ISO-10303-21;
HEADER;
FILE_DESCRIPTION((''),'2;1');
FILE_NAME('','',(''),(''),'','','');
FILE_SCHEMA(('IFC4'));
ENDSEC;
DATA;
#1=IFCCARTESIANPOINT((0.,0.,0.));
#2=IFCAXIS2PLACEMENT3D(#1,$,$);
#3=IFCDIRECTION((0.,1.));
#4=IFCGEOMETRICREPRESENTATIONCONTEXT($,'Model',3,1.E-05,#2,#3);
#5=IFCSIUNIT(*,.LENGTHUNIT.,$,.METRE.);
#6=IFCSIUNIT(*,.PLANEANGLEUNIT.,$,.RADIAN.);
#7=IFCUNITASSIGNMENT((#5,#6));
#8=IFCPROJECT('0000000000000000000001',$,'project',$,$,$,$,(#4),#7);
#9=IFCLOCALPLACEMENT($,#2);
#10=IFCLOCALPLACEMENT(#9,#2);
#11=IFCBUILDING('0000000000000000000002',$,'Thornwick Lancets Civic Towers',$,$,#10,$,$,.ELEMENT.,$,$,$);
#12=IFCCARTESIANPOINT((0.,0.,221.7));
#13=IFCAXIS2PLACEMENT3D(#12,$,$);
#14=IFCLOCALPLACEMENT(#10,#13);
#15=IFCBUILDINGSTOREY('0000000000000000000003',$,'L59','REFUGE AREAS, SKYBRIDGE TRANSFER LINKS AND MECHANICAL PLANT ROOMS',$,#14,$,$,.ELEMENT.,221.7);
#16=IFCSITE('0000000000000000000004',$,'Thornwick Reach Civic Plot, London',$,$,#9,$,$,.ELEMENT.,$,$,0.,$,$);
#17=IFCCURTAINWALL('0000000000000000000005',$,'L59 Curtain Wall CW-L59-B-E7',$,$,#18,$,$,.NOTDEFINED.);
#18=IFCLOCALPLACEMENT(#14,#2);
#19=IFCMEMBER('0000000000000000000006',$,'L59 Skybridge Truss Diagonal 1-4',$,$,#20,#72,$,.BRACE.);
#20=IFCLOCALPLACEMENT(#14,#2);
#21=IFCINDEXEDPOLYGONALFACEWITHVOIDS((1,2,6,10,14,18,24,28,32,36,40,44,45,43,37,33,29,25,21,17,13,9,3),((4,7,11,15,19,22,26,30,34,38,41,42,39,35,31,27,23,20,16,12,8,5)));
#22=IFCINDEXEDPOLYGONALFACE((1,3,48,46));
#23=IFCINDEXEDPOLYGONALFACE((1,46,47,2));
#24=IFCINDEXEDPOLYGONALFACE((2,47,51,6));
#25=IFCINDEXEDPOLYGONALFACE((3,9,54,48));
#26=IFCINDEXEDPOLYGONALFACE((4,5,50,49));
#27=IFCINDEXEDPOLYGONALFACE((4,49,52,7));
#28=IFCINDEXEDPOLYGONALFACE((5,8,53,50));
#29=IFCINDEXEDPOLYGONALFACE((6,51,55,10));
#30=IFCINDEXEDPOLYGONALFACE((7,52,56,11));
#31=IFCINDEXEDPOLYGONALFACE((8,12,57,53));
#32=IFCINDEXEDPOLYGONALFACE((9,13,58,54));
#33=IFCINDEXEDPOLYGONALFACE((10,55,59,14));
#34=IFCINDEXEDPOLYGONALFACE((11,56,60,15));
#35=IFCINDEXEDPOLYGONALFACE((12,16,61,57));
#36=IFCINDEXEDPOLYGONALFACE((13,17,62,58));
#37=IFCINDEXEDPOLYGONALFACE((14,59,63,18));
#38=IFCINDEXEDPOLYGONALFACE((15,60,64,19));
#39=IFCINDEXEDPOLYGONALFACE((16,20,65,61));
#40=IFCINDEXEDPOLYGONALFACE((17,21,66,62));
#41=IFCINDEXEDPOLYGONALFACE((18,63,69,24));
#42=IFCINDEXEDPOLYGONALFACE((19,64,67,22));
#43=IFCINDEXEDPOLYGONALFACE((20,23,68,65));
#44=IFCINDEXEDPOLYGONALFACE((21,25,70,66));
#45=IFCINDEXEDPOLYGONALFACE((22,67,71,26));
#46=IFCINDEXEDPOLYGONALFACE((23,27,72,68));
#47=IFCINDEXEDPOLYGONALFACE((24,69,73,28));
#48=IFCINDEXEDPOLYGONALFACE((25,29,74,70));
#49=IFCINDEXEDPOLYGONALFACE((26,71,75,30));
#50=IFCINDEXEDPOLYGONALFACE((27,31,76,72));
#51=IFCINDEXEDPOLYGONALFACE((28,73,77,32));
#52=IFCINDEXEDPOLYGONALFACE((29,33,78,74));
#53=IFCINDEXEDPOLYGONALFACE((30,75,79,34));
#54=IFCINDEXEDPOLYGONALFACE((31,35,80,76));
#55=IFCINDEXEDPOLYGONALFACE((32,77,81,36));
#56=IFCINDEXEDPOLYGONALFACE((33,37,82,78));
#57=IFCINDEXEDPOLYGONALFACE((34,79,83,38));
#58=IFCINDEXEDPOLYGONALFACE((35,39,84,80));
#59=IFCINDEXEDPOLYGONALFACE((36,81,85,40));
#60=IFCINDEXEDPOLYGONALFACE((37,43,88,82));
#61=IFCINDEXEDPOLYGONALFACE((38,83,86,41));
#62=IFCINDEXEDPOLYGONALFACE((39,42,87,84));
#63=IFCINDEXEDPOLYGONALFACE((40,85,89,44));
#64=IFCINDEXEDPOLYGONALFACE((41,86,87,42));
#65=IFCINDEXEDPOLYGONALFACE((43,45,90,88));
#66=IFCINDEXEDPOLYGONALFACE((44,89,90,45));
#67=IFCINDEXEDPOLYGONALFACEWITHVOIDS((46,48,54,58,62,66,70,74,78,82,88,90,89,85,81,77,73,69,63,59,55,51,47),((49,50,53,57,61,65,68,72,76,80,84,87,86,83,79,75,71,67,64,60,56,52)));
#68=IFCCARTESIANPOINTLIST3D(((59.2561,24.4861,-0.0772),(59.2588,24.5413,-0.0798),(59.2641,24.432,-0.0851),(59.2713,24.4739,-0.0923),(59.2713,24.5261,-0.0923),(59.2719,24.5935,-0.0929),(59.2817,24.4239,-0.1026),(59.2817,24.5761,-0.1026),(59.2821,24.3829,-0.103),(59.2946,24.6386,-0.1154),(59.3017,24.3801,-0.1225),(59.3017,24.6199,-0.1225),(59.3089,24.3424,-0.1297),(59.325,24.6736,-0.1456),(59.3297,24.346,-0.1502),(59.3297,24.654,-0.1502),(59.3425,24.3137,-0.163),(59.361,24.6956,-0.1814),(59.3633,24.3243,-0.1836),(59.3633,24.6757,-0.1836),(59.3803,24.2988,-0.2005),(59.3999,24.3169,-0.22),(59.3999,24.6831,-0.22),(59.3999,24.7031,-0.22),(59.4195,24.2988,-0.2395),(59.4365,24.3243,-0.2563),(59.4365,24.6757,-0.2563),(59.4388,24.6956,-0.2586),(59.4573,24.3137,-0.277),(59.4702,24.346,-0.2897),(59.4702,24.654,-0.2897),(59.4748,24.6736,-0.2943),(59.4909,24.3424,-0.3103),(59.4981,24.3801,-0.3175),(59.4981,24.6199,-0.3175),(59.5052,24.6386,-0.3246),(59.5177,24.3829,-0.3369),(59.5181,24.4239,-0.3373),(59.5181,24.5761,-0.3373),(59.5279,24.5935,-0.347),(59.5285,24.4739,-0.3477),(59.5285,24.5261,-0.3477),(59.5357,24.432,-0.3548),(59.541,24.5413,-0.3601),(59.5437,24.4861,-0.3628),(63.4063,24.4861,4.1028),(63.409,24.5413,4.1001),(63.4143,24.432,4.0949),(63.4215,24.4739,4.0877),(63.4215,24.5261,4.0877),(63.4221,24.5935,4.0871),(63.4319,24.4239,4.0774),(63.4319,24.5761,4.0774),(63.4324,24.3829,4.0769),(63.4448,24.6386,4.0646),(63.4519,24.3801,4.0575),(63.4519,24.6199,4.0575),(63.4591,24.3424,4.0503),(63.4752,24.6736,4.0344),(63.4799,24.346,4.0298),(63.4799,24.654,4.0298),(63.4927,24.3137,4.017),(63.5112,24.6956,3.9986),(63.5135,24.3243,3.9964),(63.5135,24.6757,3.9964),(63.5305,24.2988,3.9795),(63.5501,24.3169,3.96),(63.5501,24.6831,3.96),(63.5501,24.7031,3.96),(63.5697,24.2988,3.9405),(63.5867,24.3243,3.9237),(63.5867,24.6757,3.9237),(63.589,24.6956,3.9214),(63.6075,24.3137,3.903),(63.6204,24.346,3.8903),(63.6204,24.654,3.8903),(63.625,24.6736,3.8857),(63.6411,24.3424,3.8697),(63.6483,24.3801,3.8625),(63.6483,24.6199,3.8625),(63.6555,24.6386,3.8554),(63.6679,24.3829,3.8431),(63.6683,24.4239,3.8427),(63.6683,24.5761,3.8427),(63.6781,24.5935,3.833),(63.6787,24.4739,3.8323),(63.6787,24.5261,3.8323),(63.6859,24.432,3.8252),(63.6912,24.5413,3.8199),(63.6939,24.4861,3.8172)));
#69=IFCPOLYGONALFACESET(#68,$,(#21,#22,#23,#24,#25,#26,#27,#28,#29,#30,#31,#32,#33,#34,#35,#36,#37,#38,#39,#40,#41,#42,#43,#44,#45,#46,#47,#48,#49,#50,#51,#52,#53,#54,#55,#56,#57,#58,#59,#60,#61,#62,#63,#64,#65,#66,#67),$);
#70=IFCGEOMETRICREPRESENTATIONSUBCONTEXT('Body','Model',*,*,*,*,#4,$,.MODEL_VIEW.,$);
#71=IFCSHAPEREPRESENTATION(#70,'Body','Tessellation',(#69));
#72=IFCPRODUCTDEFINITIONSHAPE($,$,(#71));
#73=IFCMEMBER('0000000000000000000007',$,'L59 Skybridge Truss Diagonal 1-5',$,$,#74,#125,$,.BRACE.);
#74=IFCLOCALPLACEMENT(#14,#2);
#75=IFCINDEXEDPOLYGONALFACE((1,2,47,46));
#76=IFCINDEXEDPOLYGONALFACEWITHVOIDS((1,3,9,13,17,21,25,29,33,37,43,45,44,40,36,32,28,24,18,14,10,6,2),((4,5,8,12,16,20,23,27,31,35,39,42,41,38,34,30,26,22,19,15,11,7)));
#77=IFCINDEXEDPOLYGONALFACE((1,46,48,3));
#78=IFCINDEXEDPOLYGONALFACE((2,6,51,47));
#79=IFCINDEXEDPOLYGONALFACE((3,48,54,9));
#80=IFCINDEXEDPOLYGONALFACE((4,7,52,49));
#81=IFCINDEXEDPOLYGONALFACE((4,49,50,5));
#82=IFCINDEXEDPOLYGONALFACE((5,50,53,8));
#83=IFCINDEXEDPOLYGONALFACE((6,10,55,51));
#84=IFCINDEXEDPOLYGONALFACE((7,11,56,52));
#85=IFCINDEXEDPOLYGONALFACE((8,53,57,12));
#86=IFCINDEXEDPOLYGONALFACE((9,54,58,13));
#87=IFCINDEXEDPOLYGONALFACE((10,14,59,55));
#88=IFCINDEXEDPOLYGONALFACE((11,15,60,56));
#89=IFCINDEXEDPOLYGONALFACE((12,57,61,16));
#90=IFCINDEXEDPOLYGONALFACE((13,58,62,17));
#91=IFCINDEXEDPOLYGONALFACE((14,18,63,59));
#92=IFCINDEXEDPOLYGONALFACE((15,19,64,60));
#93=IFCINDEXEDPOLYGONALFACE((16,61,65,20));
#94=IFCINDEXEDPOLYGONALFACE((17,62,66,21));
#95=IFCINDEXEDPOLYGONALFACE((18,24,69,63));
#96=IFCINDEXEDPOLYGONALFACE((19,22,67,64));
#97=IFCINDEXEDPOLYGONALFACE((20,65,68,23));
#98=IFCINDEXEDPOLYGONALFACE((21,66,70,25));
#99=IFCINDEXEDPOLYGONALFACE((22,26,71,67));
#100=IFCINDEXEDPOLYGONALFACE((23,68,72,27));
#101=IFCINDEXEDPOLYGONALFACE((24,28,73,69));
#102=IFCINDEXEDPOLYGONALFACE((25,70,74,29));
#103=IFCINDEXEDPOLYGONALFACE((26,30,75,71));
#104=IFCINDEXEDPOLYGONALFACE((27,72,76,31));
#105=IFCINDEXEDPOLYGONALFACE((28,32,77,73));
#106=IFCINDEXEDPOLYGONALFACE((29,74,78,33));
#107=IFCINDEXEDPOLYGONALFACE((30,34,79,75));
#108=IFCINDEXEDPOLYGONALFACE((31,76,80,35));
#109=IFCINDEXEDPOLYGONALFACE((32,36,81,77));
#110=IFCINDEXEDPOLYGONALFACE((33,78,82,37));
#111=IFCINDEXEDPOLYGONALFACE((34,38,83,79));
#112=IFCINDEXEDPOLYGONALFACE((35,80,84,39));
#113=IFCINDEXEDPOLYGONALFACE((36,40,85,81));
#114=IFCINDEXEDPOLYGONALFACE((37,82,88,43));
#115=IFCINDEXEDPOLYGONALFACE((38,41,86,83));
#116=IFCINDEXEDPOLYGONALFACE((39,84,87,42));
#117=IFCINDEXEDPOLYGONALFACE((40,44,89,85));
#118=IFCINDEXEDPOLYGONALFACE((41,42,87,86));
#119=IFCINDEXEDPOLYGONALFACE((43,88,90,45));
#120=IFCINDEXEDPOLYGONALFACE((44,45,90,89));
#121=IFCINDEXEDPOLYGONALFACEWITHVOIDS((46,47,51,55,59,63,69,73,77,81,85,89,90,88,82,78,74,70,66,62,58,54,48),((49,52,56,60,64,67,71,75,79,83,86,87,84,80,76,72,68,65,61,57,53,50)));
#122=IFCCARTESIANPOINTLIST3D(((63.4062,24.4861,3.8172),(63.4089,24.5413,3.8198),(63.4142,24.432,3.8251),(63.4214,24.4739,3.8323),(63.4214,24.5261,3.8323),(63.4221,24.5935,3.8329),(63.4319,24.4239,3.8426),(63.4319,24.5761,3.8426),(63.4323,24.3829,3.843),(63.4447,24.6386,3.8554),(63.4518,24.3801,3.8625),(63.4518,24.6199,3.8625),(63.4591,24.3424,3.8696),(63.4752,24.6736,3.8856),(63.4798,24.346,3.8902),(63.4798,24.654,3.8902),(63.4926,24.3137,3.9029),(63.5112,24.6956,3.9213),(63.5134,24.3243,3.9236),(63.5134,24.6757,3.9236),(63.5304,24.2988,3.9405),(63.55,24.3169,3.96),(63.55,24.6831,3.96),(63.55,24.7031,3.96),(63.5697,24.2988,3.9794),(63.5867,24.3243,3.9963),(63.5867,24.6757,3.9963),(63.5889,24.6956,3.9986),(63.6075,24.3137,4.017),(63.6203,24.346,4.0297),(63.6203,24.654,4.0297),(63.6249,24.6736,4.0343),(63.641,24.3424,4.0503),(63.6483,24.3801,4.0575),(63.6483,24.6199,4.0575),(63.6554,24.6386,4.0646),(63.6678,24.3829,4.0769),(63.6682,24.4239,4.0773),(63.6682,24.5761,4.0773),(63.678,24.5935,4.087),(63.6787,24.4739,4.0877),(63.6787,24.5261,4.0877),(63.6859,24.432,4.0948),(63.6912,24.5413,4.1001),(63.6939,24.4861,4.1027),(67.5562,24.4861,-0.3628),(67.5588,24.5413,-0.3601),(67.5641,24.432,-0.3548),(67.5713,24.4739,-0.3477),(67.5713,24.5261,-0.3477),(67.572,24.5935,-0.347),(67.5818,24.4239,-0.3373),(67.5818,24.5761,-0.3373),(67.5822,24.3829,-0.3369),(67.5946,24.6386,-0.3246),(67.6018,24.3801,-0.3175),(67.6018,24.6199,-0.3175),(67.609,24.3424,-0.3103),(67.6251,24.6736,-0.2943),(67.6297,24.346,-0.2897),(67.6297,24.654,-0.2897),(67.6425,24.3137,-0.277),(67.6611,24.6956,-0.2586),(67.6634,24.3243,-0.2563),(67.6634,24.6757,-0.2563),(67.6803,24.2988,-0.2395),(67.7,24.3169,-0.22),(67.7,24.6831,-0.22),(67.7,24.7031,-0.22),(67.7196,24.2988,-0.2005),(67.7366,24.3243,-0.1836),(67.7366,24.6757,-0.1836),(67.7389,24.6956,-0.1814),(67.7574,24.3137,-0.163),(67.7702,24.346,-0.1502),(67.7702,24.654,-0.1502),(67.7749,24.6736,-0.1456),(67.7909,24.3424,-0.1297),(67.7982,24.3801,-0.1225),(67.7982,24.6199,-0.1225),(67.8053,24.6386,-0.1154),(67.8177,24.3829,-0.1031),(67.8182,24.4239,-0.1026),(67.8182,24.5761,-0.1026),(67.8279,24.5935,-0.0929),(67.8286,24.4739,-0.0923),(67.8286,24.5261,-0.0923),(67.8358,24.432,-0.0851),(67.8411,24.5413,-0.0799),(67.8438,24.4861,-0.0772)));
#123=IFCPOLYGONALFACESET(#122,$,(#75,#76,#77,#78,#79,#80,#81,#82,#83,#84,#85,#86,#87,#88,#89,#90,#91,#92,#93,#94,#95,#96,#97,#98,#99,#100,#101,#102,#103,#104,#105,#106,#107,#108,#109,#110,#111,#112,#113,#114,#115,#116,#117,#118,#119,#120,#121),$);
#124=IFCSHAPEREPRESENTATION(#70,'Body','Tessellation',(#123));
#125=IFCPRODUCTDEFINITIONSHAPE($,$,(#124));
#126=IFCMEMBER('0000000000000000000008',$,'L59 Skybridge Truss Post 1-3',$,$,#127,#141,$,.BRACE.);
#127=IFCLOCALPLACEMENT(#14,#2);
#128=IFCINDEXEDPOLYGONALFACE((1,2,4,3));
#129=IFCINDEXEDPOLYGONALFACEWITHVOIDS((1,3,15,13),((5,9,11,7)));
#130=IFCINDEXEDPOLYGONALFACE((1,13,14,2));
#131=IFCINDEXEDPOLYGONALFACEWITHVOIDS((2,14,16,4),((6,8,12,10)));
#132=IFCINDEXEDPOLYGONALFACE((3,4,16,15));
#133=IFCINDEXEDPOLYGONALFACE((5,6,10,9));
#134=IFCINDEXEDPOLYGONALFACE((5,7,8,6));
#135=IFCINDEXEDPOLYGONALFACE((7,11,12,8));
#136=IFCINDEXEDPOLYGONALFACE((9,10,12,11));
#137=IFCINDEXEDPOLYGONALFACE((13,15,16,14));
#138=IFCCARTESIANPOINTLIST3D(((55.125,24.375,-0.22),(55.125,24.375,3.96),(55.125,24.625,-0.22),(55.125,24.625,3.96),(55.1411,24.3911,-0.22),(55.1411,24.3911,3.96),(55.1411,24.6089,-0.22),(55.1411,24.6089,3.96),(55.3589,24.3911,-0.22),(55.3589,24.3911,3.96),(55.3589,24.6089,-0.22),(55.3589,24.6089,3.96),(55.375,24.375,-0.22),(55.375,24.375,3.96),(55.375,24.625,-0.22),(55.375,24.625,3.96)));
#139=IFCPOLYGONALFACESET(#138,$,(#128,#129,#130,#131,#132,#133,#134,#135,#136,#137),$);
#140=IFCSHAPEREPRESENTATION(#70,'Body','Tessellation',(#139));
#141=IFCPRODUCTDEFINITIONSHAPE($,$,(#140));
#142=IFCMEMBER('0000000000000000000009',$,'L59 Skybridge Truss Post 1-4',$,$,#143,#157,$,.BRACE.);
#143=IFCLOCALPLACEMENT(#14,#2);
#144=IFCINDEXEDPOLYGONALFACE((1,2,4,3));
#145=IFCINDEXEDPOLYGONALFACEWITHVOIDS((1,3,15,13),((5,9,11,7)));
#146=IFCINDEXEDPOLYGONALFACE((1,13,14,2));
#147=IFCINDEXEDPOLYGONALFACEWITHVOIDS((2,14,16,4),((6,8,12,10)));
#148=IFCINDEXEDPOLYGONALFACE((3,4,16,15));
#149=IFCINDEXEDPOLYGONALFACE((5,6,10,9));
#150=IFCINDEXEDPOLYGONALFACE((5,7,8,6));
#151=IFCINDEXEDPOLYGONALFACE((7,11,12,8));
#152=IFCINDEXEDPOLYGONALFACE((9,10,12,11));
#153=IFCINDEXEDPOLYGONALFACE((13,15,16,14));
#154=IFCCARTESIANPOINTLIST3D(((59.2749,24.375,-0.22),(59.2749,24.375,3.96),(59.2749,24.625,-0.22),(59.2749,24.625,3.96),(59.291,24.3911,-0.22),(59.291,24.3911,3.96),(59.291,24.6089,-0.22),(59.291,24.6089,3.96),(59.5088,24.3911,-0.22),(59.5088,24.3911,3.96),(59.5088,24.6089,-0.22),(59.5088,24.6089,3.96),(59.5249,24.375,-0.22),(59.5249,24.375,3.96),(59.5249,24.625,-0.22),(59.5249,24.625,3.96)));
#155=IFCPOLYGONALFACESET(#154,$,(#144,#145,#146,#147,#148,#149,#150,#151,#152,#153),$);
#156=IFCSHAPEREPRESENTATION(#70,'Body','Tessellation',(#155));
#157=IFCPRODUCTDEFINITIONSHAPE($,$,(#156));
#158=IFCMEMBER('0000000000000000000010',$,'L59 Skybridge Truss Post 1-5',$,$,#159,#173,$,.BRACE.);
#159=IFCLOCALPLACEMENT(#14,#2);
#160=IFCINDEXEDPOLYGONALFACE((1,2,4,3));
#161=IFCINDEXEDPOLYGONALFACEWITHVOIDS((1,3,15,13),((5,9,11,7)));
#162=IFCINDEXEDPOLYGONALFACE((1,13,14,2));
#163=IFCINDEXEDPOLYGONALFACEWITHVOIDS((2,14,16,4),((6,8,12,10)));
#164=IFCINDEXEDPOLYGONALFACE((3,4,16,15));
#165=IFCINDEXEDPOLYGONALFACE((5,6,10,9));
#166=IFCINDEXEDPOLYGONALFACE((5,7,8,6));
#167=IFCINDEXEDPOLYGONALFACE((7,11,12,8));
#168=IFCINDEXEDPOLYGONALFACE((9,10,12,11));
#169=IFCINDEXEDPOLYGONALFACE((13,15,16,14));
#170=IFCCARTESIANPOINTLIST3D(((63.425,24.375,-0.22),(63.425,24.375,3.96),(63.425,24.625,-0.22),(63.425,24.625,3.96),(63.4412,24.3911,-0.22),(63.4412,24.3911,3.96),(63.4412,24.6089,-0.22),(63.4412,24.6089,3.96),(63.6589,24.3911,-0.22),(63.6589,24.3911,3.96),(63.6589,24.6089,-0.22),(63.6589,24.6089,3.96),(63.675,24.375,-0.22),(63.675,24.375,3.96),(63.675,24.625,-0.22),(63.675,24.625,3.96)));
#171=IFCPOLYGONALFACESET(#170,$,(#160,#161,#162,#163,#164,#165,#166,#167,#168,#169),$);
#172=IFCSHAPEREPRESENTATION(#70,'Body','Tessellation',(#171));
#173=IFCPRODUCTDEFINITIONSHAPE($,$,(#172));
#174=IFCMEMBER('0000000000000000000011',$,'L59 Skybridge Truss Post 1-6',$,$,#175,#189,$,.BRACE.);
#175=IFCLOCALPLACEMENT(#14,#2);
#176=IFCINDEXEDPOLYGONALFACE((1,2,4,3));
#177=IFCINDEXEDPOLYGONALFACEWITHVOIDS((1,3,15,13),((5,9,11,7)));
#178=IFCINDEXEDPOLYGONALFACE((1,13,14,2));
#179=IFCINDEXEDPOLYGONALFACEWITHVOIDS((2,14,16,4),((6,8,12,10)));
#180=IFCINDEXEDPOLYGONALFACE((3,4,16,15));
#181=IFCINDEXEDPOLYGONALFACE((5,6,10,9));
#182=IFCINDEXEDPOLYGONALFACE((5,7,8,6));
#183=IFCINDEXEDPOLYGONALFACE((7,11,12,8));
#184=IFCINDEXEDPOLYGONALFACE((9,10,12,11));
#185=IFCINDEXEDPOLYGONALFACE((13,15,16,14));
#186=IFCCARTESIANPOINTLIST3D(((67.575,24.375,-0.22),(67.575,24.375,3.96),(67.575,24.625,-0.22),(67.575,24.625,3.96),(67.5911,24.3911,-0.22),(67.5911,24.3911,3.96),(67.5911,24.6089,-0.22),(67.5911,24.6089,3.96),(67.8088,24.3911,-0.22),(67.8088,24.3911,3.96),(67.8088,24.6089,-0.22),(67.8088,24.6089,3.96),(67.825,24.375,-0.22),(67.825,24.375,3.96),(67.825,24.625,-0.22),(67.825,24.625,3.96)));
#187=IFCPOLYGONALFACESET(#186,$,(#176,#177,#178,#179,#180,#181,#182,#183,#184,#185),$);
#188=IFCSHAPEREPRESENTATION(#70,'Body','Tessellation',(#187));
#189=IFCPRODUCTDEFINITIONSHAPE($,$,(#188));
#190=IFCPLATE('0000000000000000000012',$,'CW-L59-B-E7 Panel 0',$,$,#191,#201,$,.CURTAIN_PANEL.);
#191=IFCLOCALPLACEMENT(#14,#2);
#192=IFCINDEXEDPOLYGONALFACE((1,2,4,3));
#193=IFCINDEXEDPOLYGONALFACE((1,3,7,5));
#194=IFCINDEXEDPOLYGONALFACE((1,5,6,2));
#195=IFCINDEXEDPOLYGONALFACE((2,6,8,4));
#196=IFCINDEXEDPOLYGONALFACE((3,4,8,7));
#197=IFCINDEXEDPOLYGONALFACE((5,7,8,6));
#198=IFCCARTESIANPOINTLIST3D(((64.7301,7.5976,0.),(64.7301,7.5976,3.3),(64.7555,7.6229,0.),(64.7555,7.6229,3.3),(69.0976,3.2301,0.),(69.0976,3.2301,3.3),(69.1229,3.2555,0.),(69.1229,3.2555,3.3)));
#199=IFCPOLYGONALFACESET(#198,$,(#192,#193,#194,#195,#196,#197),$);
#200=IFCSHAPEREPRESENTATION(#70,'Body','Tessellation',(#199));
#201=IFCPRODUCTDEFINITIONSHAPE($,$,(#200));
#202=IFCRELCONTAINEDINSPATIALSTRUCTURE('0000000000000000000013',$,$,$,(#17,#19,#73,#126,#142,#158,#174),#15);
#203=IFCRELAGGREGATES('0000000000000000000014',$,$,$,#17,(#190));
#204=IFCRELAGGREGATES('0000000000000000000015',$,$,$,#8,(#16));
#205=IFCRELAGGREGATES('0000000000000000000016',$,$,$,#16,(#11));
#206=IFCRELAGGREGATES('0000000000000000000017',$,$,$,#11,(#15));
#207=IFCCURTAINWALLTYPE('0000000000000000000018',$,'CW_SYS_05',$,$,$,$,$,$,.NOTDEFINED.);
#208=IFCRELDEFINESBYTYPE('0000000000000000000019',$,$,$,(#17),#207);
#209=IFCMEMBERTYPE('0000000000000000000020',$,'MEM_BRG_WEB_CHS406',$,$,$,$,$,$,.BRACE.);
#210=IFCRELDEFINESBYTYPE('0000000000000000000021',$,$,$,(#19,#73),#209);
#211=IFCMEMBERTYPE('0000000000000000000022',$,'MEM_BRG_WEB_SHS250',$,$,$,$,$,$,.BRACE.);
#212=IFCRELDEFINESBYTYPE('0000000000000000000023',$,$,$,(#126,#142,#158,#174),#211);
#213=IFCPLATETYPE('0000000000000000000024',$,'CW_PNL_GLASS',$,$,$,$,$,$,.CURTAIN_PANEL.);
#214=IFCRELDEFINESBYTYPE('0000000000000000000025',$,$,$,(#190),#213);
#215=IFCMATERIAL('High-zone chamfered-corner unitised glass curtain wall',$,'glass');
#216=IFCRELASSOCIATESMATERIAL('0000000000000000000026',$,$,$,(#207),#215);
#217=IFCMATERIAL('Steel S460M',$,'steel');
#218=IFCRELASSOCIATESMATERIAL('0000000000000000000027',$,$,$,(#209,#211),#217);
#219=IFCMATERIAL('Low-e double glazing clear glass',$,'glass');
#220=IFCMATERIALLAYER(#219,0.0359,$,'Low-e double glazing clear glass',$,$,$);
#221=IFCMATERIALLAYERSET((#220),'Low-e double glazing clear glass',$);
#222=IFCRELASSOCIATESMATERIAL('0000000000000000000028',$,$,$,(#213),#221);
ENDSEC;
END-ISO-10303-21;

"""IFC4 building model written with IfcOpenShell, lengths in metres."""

from ifc_helpers import new_model, si_unit, direction, frame, origin, origin_2d, place, context, subcontext, project, spatial, rectangle, hollow_rectangle, hollow_circle, extrude, material, layer, layer_set, material_profile, profile_set, type_object, element, aggregate, save


model = new_model("IFC4")

# Units and contexts
model_context = context("Model", 3, precision=1e-05, world=origin(), true_north=direction((0.0, 1.0)))
body_context = subcontext(model_context, "Body", "Model", "MODEL_VIEW")
ifc_project = project(units=[si_unit("LENGTHUNIT", "METRE"), si_unit("PLANEANGLEUNIT", "RADIAN")], contexts=[model_context])

# Site, building, storey
site_placement = place(None, origin())
site = spatial("IfcSite", under=ifc_project, at=site_placement, Name="Thornwick Reach Civic Plot, London", CompositionType="ELEMENT", RefElevation=0.0)
building_placement = place(site_placement, origin())
building = spatial("IfcBuilding", under=site, at=building_placement, Name="Thornwick Lancets Civic Towers", CompositionType="ELEMENT")
storey_placement = place(building_placement, frame((0.0, 0.0, 221.7)))
storey = spatial("IfcBuildingStorey", under=building, at=storey_placement, Name="L59", Description="REFUGE AREAS, SKYBRIDGE TRANSFER LINKS AND MECHANICAL PLANT ROOMS", CompositionType="ELEMENT", Elevation=221.7)

# Curtain wall
ifc_material_1 = material(Name="High-zone chamfered-corner unitised glass curtain wall", Category="glass")
curtain_wall_type_1 = type_object("IfcCurtainWallType", Name="CW_SYS_05", PredefinedType="NOTDEFINED", material=ifc_material_1)
curtain_wall_1_placement = place(storey_placement, origin())
curtain_wall_1 = element("IfcCurtainWall", 1, at=curtain_wall_1_placement, inside=storey, type_object=curtain_wall_type_1, Name="L59 Curtain Wall CW-L59-B-E7", PredefinedType="NOTDEFINED")

# Members
ifc_material_2 = material(Name="Steel S460M", Category="steel")
ifc_material_profile_1 = material_profile(ifc_material_2, hollow_circle(Radius=0.2031, WallThickness=0.02, at=origin_2d()), Name="CHS 406.4x20")
ifc_profile_set_1 = profile_set([ifc_material_profile_1], Name="Steel S460M")
member_type_1 = type_object("IfcMemberType", Name="MEM_BRG_WEB_CHS406", PredefinedType="BRACE", material=ifc_profile_set_1)
member_1_placement = place(storey_placement, frame((59.3999, 24.5, -0.22), z_axis=(0.704574, 0.0, 0.709631), x_axis=(0.0, 1.0, 0.0)))
element("IfcMember", 2, at=member_1_placement, inside=storey, type_object=member_type_1, Name="L59 Skybridge Truss Diagonal 1-4", PredefinedType="BRACE", context=body_context, shape_type="SweptSolid", body=[
    extrude(hollow_circle(Radius=0.2031, WallThickness=0.02, at=origin_2d()), origin(), (0.0, 0.0, 1.0), 5.8904),
])
member_2_placement = place(storey_placement, frame((63.55, 24.5, 3.96), z_axis=(0.704553, 0.0, -0.709651), x_axis=(0.0, 1.0, 0.0)))
element("IfcMember", 3, at=member_2_placement, inside=storey, type_object=member_type_1, Name="L59 Skybridge Truss Diagonal 1-5", PredefinedType="BRACE", context=body_context, shape_type="SweptSolid", body=[
    extrude(hollow_circle(Radius=0.2031, WallThickness=0.02, at=origin_2d()), origin(), (0.0, 0.0, 1.0), 5.8901),
])
ifc_material_profile_2 = material_profile(ifc_material_2, hollow_rectangle(XDim=0.25, YDim=0.25, WallThickness=0.0161, at=origin_2d()), Name="SHS 250x250x16")
ifc_profile_set_2 = profile_set([ifc_material_profile_2], Name="Steel S460M")
member_type_2 = type_object("IfcMemberType", Name="MEM_BRG_WEB_SHS250", PredefinedType="BRACE", material=ifc_profile_set_2)
for number, where, z_axis, x_axis, name in (
    (4, (55.25, 24.5, -0.22), (0.0, 0.0, 1.0), (1.0, 0.0, 0.0), "L59 Skybridge Truss Post 1-3"),
    (5, (59.3999, 24.5, -0.22), (0.0, 0.0, 1.0), (1.0, 0.0, 0.0), "L59 Skybridge Truss Post 1-4"),
    (6, (63.55, 24.5, -0.22), (0.0, 0.0, 1.0), (1.0, 0.0, 0.0), "L59 Skybridge Truss Post 1-5"),
    (7, (67.7, 24.5, -0.22), (0.0, 0.0, 1.0), (1.0, 0.0, 0.0), "L59 Skybridge Truss Post 1-6"),
):
    element("IfcMember", number, at=place(storey_placement, frame(where, z_axis=z_axis, x_axis=x_axis)), inside=storey, type_object=member_type_2, Name=name, PredefinedType="BRACE", context=body_context, shape_type="SweptSolid", body=[
        extrude(hollow_rectangle(XDim=0.25, YDim=0.25, WallThickness=0.0161, at=origin_2d()), origin(), (0.0, 0.0, 1.0), 4.1799),
    ])

# Plate
ifc_material_3 = material(Name="Low-e double glazing clear glass", Category="glass")
ifc_layer_1 = layer(ifc_material_3, 0.0359, Name="Low-e double glazing clear glass")
ifc_layer_set_1 = layer_set([ifc_layer_1], Name="Low-e double glazing clear glass")
plate_type_1 = type_object("IfcPlateType", Name="CW_PNL_GLASS", PredefinedType="CURTAIN_PANEL", material=ifc_layer_set_1)
plate_1_placement = place(storey_placement, frame((66.9265, 5.4265, 0.0), z_axis=(0.0, 0.0, 1.0), x_axis=(0.707107, -0.707107, 0.0)))
plate_1 = element("IfcPlate", 8, at=plate_1_placement, type_object=plate_type_1, Name="CW-L59-B-E7 Panel 0", PredefinedType="CURTAIN_PANEL", context=body_context, shape_type="SweptSolid", body=[
    extrude(rectangle(XDim=6.1765, YDim=0.0359, at=origin_2d()), origin(), (0.0, 0.0, 1.0), 3.3),
])
aggregate(curtain_wall_1, [plate_1])

save(model, "model.ifc")
